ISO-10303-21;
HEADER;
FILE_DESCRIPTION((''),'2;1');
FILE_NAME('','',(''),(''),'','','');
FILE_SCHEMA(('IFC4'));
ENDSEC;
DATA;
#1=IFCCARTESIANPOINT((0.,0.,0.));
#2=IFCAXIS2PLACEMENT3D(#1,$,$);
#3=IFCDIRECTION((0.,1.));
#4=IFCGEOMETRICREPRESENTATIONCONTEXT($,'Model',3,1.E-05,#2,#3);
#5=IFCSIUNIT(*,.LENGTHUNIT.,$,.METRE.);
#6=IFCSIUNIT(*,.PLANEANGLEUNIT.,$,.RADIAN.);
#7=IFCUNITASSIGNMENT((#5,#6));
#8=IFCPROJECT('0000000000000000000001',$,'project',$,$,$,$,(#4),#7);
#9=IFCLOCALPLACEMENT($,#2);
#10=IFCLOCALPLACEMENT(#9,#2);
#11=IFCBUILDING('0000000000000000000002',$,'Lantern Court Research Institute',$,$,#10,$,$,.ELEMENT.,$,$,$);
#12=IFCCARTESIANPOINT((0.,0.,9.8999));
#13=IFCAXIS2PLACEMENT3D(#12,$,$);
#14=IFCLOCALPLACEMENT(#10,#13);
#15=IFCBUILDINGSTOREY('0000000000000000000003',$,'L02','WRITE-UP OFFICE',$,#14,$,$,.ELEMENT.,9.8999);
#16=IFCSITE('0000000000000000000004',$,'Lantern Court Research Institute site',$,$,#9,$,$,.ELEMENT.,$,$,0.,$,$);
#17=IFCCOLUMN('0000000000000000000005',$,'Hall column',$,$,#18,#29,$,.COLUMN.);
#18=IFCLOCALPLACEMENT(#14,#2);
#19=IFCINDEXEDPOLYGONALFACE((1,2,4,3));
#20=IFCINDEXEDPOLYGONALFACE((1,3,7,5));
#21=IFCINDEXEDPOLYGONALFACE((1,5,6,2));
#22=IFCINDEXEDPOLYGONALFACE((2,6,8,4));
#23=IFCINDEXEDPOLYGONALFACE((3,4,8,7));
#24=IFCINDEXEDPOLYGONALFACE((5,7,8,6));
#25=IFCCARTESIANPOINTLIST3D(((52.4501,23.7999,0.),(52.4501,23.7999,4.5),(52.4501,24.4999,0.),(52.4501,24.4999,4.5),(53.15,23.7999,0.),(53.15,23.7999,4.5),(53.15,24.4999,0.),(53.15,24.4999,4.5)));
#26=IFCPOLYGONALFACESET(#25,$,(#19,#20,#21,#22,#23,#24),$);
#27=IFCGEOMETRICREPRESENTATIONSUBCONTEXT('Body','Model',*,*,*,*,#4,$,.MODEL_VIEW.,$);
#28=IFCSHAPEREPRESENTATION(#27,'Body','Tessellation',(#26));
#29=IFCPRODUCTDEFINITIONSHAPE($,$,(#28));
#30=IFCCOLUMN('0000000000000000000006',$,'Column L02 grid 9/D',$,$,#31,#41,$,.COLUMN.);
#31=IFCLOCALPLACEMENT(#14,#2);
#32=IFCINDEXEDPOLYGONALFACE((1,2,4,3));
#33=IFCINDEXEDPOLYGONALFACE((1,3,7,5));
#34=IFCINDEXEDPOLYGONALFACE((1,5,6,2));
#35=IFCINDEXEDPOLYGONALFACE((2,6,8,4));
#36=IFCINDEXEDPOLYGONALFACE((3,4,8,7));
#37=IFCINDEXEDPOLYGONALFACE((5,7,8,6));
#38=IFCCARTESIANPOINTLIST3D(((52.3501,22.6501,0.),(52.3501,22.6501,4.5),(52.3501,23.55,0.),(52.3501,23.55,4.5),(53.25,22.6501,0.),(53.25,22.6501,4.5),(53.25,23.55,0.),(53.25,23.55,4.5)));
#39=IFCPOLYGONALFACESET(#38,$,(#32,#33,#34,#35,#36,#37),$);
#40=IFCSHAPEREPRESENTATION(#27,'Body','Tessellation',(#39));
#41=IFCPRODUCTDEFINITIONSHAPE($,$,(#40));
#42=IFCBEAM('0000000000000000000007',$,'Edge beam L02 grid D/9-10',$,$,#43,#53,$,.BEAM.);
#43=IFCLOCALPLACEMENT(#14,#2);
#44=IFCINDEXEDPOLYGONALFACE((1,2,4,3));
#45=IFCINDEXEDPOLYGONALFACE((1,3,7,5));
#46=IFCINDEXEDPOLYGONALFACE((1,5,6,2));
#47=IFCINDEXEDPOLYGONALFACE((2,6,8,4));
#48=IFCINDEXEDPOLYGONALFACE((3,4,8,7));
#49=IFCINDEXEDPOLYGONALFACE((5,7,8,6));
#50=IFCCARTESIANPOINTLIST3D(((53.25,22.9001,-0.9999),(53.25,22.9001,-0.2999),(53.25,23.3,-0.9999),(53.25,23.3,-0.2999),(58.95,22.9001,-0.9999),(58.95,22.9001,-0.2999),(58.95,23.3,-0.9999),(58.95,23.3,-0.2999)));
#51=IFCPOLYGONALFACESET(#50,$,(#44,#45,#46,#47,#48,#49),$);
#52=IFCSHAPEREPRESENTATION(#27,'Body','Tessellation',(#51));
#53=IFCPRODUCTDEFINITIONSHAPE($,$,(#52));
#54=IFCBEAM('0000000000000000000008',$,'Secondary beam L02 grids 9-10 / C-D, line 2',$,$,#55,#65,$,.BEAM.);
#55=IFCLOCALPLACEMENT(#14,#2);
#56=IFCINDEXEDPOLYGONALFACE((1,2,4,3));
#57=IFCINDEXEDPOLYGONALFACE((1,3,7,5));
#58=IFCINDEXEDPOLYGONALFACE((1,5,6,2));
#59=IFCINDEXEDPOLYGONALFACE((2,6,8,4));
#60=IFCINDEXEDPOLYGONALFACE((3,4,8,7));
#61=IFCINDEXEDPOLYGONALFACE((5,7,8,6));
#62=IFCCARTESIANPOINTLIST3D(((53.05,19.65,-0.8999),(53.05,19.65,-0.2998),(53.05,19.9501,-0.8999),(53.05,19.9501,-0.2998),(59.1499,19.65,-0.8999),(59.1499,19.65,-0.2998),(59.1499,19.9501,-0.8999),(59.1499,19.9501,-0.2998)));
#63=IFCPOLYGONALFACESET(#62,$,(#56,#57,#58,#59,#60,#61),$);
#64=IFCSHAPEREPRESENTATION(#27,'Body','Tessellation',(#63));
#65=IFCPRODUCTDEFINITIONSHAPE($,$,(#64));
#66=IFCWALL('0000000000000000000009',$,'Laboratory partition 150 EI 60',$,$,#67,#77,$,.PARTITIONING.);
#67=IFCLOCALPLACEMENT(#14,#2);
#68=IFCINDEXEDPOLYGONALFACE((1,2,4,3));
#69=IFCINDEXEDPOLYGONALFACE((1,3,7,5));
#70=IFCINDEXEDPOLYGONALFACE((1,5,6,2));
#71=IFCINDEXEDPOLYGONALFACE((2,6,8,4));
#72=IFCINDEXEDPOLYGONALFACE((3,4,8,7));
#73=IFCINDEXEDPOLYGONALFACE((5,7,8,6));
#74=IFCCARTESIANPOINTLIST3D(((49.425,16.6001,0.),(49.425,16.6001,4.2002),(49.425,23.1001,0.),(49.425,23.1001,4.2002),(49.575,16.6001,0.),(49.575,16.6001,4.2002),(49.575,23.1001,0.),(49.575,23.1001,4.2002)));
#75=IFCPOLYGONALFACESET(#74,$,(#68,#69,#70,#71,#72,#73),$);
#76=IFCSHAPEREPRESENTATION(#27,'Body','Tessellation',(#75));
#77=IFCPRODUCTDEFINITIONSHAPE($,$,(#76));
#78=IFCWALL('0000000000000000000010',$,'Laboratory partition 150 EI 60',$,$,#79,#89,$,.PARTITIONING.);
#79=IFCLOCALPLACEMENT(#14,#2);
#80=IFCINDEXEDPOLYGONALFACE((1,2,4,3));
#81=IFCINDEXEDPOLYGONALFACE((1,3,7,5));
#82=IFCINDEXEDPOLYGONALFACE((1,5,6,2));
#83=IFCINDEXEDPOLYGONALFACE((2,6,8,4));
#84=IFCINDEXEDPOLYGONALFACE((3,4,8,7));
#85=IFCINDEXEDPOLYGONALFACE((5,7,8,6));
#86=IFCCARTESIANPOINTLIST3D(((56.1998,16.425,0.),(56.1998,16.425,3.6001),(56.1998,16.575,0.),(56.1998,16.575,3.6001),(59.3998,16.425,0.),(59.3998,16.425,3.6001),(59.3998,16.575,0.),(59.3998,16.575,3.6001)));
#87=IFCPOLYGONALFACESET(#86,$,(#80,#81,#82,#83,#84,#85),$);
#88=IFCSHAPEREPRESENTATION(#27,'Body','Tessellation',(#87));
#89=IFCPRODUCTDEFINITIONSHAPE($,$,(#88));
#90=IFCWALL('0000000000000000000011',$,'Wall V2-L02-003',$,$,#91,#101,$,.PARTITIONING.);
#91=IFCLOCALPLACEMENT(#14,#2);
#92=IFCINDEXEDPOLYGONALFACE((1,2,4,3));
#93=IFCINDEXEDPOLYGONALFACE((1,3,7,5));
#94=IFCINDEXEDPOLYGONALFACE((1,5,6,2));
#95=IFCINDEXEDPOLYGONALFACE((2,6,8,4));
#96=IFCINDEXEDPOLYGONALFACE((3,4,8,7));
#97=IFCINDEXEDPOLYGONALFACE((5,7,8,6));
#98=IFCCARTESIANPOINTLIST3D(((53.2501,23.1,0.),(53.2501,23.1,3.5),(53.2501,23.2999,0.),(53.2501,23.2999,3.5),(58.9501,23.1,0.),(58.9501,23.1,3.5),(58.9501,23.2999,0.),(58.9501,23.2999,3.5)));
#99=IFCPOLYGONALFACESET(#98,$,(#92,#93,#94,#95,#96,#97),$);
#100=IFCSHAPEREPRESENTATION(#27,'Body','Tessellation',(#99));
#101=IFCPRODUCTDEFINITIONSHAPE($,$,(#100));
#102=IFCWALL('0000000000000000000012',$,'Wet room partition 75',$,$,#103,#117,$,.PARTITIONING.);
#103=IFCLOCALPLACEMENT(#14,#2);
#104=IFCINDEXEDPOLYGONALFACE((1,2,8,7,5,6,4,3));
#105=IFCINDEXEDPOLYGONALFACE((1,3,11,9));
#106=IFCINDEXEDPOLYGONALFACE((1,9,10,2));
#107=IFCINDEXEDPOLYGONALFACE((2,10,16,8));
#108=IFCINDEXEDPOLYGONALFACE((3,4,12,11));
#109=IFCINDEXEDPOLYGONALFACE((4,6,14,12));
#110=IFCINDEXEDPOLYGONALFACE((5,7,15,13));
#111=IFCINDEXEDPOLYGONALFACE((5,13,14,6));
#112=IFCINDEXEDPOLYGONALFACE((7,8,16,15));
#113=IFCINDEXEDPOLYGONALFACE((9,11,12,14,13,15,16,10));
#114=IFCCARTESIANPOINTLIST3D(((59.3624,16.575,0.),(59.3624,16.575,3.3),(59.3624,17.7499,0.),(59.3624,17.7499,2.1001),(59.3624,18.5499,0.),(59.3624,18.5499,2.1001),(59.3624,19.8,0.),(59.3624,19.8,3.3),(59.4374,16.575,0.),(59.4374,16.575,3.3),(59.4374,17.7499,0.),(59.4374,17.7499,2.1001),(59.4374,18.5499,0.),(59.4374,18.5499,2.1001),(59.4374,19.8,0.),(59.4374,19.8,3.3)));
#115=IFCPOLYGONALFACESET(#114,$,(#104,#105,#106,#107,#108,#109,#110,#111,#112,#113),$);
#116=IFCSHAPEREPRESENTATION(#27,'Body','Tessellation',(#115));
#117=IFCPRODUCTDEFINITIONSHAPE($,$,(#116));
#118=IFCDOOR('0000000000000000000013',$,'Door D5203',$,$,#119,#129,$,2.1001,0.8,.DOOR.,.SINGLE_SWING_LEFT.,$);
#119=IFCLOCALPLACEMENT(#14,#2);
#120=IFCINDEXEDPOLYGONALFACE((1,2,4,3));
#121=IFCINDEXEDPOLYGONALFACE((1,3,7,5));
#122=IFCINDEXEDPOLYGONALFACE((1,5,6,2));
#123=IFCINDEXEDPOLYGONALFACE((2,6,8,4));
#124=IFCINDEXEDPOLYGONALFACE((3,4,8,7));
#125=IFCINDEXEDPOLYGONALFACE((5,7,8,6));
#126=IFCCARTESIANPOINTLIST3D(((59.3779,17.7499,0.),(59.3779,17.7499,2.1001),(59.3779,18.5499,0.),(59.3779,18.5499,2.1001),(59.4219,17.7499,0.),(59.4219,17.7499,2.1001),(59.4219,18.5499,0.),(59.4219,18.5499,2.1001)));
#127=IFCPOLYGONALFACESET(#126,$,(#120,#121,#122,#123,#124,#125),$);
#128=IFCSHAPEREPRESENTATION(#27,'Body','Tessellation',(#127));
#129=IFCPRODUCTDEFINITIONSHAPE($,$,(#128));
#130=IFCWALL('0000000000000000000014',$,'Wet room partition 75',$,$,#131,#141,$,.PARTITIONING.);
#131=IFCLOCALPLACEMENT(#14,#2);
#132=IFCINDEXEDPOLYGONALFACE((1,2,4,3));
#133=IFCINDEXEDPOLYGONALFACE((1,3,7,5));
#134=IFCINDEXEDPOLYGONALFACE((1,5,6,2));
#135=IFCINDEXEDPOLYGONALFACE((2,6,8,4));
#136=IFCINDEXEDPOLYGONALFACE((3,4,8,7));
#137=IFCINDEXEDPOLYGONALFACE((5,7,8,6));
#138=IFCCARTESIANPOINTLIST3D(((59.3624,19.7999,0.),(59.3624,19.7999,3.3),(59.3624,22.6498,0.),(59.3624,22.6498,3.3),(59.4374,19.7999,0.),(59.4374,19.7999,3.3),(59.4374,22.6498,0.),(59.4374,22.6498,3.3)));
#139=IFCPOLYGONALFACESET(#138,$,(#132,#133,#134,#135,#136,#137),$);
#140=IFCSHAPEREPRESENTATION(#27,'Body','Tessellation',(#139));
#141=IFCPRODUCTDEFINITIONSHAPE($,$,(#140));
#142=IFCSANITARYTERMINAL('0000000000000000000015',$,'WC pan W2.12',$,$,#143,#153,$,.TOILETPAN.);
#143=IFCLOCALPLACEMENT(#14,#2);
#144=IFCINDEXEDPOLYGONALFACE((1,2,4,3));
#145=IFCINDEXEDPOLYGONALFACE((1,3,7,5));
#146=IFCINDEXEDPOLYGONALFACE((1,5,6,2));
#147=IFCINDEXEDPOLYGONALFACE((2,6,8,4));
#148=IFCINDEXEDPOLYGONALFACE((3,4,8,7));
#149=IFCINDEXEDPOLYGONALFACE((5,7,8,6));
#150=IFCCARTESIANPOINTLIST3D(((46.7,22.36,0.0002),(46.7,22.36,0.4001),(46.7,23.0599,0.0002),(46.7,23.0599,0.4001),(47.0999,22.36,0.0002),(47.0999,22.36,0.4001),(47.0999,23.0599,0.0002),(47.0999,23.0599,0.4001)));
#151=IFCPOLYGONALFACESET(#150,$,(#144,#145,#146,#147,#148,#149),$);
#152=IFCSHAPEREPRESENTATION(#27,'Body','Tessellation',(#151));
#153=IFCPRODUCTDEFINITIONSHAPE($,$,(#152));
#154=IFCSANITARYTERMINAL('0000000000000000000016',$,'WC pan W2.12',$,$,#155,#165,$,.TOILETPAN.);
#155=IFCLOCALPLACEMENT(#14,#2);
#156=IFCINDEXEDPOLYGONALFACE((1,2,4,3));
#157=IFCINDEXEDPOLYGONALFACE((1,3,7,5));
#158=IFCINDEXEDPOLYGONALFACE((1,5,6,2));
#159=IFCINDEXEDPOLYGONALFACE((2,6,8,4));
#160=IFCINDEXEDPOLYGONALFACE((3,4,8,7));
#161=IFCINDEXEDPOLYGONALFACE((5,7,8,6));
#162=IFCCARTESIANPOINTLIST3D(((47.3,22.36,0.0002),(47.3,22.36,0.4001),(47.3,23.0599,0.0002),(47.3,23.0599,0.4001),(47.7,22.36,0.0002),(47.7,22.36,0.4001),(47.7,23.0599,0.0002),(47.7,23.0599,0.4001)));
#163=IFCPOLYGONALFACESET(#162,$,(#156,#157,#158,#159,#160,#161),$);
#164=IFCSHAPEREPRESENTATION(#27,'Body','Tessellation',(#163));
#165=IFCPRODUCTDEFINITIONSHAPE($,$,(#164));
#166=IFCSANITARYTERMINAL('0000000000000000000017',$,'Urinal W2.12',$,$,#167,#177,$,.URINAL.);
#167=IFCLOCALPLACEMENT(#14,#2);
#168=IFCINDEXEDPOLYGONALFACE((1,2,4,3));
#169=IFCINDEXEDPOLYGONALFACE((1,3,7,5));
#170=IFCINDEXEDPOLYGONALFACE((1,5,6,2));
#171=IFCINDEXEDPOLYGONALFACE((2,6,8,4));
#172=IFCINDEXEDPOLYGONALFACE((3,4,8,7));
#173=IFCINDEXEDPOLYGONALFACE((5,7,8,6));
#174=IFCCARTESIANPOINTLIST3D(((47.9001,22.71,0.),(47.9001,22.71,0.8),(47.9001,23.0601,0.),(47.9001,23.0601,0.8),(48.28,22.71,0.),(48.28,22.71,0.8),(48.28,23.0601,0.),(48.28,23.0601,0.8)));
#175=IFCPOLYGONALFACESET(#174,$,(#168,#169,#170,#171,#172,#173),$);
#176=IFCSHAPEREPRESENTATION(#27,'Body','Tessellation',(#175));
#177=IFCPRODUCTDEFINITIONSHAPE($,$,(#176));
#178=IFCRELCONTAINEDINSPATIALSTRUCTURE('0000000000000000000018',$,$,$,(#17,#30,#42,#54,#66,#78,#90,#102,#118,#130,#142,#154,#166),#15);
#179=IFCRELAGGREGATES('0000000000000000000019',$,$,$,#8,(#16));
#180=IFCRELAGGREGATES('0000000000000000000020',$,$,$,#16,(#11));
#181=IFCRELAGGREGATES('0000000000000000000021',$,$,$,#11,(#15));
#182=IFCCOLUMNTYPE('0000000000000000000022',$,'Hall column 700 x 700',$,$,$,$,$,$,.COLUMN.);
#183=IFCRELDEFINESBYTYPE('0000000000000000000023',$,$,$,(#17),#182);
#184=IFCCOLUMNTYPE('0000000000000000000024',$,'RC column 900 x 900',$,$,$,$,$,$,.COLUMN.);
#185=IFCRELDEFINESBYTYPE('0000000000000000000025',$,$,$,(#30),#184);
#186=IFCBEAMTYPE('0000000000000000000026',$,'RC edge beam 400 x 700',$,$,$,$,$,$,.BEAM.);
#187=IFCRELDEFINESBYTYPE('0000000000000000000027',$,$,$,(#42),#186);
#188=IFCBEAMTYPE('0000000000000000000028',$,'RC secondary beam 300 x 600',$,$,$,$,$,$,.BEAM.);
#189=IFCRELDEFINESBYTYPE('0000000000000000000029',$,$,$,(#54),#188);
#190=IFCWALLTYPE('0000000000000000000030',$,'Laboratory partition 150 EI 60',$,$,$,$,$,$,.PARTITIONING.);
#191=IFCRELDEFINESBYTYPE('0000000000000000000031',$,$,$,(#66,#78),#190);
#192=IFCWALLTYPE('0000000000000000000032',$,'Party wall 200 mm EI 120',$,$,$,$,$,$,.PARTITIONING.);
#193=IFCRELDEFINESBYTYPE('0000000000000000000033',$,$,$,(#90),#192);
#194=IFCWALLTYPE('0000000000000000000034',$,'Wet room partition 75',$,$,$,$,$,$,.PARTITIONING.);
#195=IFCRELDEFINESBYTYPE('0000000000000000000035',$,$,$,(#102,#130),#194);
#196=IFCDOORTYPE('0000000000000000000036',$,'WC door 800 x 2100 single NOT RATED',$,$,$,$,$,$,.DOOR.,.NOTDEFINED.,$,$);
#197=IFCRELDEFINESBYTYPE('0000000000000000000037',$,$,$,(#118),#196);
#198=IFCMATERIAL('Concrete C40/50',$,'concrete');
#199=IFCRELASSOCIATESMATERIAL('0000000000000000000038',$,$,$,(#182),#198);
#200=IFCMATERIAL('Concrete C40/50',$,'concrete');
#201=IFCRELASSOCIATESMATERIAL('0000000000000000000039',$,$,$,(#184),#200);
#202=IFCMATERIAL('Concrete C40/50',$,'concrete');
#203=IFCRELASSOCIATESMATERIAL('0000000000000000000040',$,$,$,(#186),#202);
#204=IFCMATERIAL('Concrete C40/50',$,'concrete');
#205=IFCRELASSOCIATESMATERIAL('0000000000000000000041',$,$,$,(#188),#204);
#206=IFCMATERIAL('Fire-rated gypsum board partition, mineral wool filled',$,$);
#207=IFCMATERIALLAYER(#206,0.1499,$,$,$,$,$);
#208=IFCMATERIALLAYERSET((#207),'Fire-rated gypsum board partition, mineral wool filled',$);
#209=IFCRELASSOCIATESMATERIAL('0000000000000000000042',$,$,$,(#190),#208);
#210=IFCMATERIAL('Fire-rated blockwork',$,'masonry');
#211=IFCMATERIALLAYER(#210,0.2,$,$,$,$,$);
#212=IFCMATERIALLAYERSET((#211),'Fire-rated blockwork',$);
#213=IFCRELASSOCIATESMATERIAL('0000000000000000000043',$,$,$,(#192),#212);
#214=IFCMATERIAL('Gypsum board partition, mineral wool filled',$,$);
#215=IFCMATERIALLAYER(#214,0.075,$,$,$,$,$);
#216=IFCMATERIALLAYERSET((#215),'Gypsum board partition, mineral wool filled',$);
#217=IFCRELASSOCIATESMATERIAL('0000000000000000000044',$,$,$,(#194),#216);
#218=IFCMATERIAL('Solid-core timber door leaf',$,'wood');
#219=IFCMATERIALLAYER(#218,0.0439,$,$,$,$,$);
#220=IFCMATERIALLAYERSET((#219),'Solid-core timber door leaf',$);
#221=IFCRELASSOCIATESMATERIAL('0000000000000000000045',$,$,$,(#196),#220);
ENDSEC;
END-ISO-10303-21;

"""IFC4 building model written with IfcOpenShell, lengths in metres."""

from ifc_helpers import new_model, si_unit, direction, frame, frame_2d, origin, origin_2d, place, context, subcontext, project, spatial, rectangle, extrude, material, layer, layer_set, material_profile, profile_set, type_object, element, fill, save


model = new_model("IFC4")

# Units and contexts
model_context = context("Model", 3, precision=1e-05, world=origin(), true_north=direction((0.0, 1.0)))
body_context = subcontext(model_context, "Body", "Model", "MODEL_VIEW")
ifc_project = project(units=[si_unit("LENGTHUNIT", "METRE"), si_unit("PLANEANGLEUNIT", "RADIAN")], contexts=[model_context])

# Site, building, storey
site_placement = place(None, origin())
site = spatial("IfcSite", under=ifc_project, at=site_placement, Name="Lantern Court Research Institute site", CompositionType="ELEMENT", RefElevation=0.0)
building_placement = place(site_placement, origin())
building = spatial("IfcBuilding", under=site, at=building_placement, Name="Lantern Court Research Institute", CompositionType="ELEMENT")
storey_placement = place(building_placement, frame((0.0, 0.0, 9.8999)))
storey = spatial("IfcBuildingStorey", under=building, at=storey_placement, Name="L02", Description="WRITE-UP OFFICE", CompositionType="ELEMENT", Elevation=9.8999)

# Columns
ifc_material_1 = material(Name="Concrete C40/50", Category="concrete")
ifc_material_profile_1 = material_profile(ifc_material_1, rectangle(XDim=0.7, YDim=0.7, at=origin_2d()), Name="Hall column 700 x 700")
ifc_profile_set_1 = profile_set([ifc_material_profile_1], Name="Concrete C40/50")
column_type_1 = type_object("IfcColumnType", Name="Hall column 700 x 700", PredefinedType="COLUMN", material=ifc_profile_set_1)
column_1_placement = place(storey_placement, frame((52.8, 24.1499, 0.0), z_axis=(0.0, 0.0, 1.0), x_axis=(1.0, 0.0, 0.0)))
element("IfcColumn", 1, at=column_1_placement, inside=storey, type_object=column_type_1, Name="Hall column", PredefinedType="COLUMN", context=body_context, shape_type="SweptSolid", body=[
    extrude(rectangle(XDim=0.7, YDim=0.7, at=origin_2d()), origin(), (0.0, 0.0, 1.0), 4.5),
])
ifc_material_2 = material(Name="Concrete C40/50", Category="concrete")
ifc_material_profile_2 = material_profile(ifc_material_2, rectangle(XDim=0.8999, YDim=0.8999, at=origin_2d()), Name="RC column 900 x 900")
ifc_profile_set_2 = profile_set([ifc_material_profile_2], Name="Concrete C40/50")
column_type_2 = type_object("IfcColumnType", Name="RC column 900 x 900", PredefinedType="COLUMN", material=ifc_profile_set_2)
column_2_placement = place(storey_placement, frame((52.8, 23.1001, 0.0), z_axis=(0.0, 0.0, 1.0), x_axis=(1.0, 0.0, 0.0)))
element("IfcColumn", 2, at=column_2_placement, inside=storey, type_object=column_type_2, Name="Column L02 grid 9/D", PredefinedType="COLUMN", context=body_context, shape_type="SweptSolid", body=[
    extrude(rectangle(XDim=0.8999, YDim=0.8999, at=origin_2d()), origin(), (0.0, 0.0, 1.0), 4.5),
])

# Beams
ifc_material_3 = material(Name="Concrete C40/50", Category="concrete")
ifc_material_profile_3 = material_profile(ifc_material_3, rectangle(XDim=0.3999, YDim=0.7, at=origin_2d()), Name="RC beam 400 x 700")
ifc_profile_set_3 = profile_set([ifc_material_profile_3], Name="Concrete C40/50")
beam_type_1 = type_object("IfcBeamType", Name="RC edge beam 400 x 700", PredefinedType="BEAM", material=ifc_profile_set_3)
beam_1_placement = place(storey_placement, frame((53.25, 23.1001, -0.6499), z_axis=(1.0, 0.0, 0.0), x_axis=(0.0, 1.0, 0.0)))
element("IfcBeam", 3, at=beam_1_placement, inside=storey, type_object=beam_type_1, Name="Edge beam L02 grid D/9-10", PredefinedType="BEAM", context=body_context, shape_type="SweptSolid", body=[
    extrude(rectangle(XDim=0.3999, YDim=0.7, at=origin_2d()), origin(), (0.0, 0.0, 1.0), 5.7),
])
ifc_material_4 = material(Name="Concrete C40/50", Category="concrete")
ifc_material_profile_4 = material_profile(ifc_material_4, rectangle(XDim=0.3, YDim=0.6001, at=origin_2d()), Name="RC beam 300 x 600")
ifc_profile_set_4 = profile_set([ifc_material_profile_4], Name="Concrete C40/50")
beam_type_2 = type_object("IfcBeamType", Name="RC secondary beam 300 x 600", PredefinedType="BEAM", material=ifc_profile_set_4)
beam_2_placement = place(storey_placement, frame((53.05, 19.8, -0.5999), z_axis=(1.0, 0.0, 0.0), x_axis=(0.0, 1.0, 0.0)))
element("IfcBeam", 4, at=beam_2_placement, inside=storey, type_object=beam_type_2, Name="Secondary beam L02 grids 9-10 / C-D, line 2", PredefinedType="BEAM", context=body_context, shape_type="SweptSolid", body=[
    extrude(rectangle(XDim=0.3, YDim=0.6001, at=origin_2d()), origin(), (0.0, 0.0, 1.0), 6.0999),
])

# Walls
ifc_material_5 = material(Name="Fire-rated gypsum board partition, mineral wool filled")
ifc_layer_1 = layer(ifc_material_5, 0.1499)
ifc_layer_set_1 = layer_set([ifc_layer_1], Name="Fire-rated gypsum board partition, mineral wool filled")
wall_type_1 = type_object("IfcWallType", Name="Laboratory partition 150 EI 60", PredefinedType="PARTITIONING", material=ifc_layer_set_1)
wall_1_placement = place(storey_placement, frame((49.5, 16.6001, 0.0), z_axis=(0.0, 0.0, 1.0), x_axis=(0.0, 1.0, 0.0)))
element("IfcWall", 5, at=wall_1_placement, inside=storey, type_object=wall_type_1, Name="Laboratory partition 150 EI 60", PredefinedType="PARTITIONING", context=body_context, shape_type="SweptSolid", body=[
    extrude(rectangle(XDim=6.5, YDim=0.1499, at=frame_2d((3.25, 0.0))), origin(), (0.0, 0.0, 1.0), 4.2002),
])
wall_2_placement = place(storey_placement, frame((59.3999, 16.5, 0.0), z_axis=(0.0, 0.0, 1.0), x_axis=(-1.0, 0.0, 0.0)))
element("IfcWall", 6, at=wall_2_placement, inside=storey, type_object=wall_type_1, Name="Laboratory partition 150 EI 60", PredefinedType="PARTITIONING", context=body_context, shape_type="SweptSolid", body=[
    extrude(rectangle(XDim=3.2, YDim=0.1499, at=frame_2d((1.6001, 0.0))), origin(), (0.0, 0.0, 1.0), 3.6001),
])
ifc_material_6 = material(Name="Fire-rated blockwork", Category="masonry")
ifc_layer_2 = layer(ifc_material_6, 0.2)
ifc_layer_set_2 = layer_set([ifc_layer_2], Name="Fire-rated blockwork")
wall_type_2 = type_object("IfcWallType", Name="Party wall 200 mm EI 120", PredefinedType="PARTITIONING", material=ifc_layer_set_2)
wall_3_placement = place(storey_placement, frame((53.25, 23.2, 0.0), z_axis=(0.0, 0.0, 1.0), x_axis=(1.0, 0.0, 0.0)))
element("IfcWall", 7, at=wall_3_placement, inside=storey, type_object=wall_type_2, Name="Wall V2-L02-003", PredefinedType="PARTITIONING", context=body_context, shape_type="SweptSolid", body=[
    extrude(rectangle(XDim=5.7, YDim=0.2, at=frame_2d((2.8501, 0.0))), origin(), (0.0, 0.0, 1.0), 3.5),
])

# Wall, opening, door
ifc_material_7 = material(Name="Gypsum board partition, mineral wool filled")
ifc_layer_3 = layer(ifc_material_7, 0.075)
ifc_layer_set_3 = layer_set([ifc_layer_3], Name="Gypsum board partition, mineral wool filled")
wall_type_3 = type_object("IfcWallType", Name="Wet room partition 75", PredefinedType="PARTITIONING", material=ifc_layer_set_3)
wall_4_placement = place(storey_placement, frame((59.3999, 16.575, 0.0), z_axis=(0.0, 0.0, 1.0), x_axis=(0.0, 1.0, 0.0)))
wall_4 = element("IfcWall", 8, at=wall_4_placement, inside=storey, type_object=wall_type_3, Name="Wet room partition 75", PredefinedType="PARTITIONING", context=body_context, shape_type="SweptSolid", body=[
    extrude(rectangle(XDim=3.2251, YDim=0.075, at=frame_2d((1.6125, 0.0))), origin(), (0.0, 0.0, 1.0), 3.3),
])
opening_placement = place(wall_4_placement, frame((1.175, 0.0, 0.0)))
opening = element("IfcOpeningElement", 9, at=opening_placement, cuts=wall_4, PredefinedType="OPENING", context=body_context, shape_type="SweptSolid", body=[
    extrude(rectangle(XDim=0.8, YDim=2.1001, at=frame_2d((0.3999, 1.05))), frame((0.0, 0.0474, 0.0), z_axis=(0.0, -1.0, 0.0), x_axis=(1.0, 0.0, 0.0)), (0.0, 0.0, 1.0), 0.095),
])
ifc_material_8 = material(Name="Solid-core timber door leaf", Category="wood")
ifc_layer_4 = layer(ifc_material_8, 0.0439)
ifc_layer_set_4 = layer_set([ifc_layer_4], Name="Solid-core timber door leaf")
door_type = type_object("IfcDoorType", Name="WC door 800 x 2100 single NOT RATED", OperationType="NOTDEFINED", PredefinedType="DOOR", material=ifc_layer_set_4)
door_placement = place(opening_placement, origin())
door = element("IfcDoor", 10, at=door_placement, inside=storey, type_object=door_type, Name="Door D5203", OperationType="SINGLE_SWING_LEFT", OverallHeight=2.1001, OverallWidth=0.8, PredefinedType="DOOR", context=body_context, shape_type="SweptSolid", body=[
    extrude(rectangle(XDim=0.8, YDim=2.1001, at=frame_2d((0.3999, 1.05))), frame((0.0, 0.022, 0.0), z_axis=(0.0, -1.0, 0.0), x_axis=(1.0, 0.0, 0.0)), (0.0, 0.0, 1.0), 0.0439),
])
fill(opening, door)

# Wall
wall_5_placement = place(storey_placement, frame((59.3999, 19.8, 0.0), z_axis=(0.0, 0.0, 1.0), x_axis=(0.0, 1.0, 0.0)))
element("IfcWall", 11, at=wall_5_placement, inside=storey, type_object=wall_type_3, Name="Wet room partition 75", PredefinedType="PARTITIONING", context=body_context, shape_type="SweptSolid", body=[
    extrude(rectangle(XDim=2.8499, YDim=0.075, at=frame_2d((1.4248, 0.0))), origin(), (0.0, 0.0, 1.0), 3.3),
])

# Sanitary terminals
for number, where, z_axis, x_axis, name in (
    (12, (46.8999, 22.71, 0.0002), (0.0, 0.0, 1.0), (1.0, 0.0, 0.0), "WC pan W2.12"),
    (13, (47.5, 22.71, 0.0002), (0.0, 0.0, 1.0), (1.0, 0.0, 0.0), "WC pan W2.12"),
):
    element("IfcSanitaryTerminal", number, at=place(storey_placement, frame(where, z_axis=z_axis, x_axis=x_axis)), inside=storey, Name=name, PredefinedType="TOILETPAN", context=body_context, shape_type="SweptSolid", body=[
        extrude(rectangle(XDim=0.3999, YDim=0.7, at=origin_2d()), origin(), (0.0, 0.0, 1.0), 0.3999),
    ])
for number, where, z_axis, x_axis, name in (
    (14, (48.0901, 22.885, 0.0), (0.0, 0.0, 1.0), (1.0, 0.0, 0.0), "Urinal W2.12"),
):
    element("IfcSanitaryTerminal", number, at=place(storey_placement, frame(where, z_axis=z_axis, x_axis=x_axis)), inside=storey, Name=name, PredefinedType="URINAL", context=body_context, shape_type="SweptSolid", body=[
        extrude(rectangle(XDim=0.3799, YDim=0.3501, at=origin_2d()), origin(), (0.0, 0.0, 1.0), 0.8),
    ])

save(model, "model.ifc")
